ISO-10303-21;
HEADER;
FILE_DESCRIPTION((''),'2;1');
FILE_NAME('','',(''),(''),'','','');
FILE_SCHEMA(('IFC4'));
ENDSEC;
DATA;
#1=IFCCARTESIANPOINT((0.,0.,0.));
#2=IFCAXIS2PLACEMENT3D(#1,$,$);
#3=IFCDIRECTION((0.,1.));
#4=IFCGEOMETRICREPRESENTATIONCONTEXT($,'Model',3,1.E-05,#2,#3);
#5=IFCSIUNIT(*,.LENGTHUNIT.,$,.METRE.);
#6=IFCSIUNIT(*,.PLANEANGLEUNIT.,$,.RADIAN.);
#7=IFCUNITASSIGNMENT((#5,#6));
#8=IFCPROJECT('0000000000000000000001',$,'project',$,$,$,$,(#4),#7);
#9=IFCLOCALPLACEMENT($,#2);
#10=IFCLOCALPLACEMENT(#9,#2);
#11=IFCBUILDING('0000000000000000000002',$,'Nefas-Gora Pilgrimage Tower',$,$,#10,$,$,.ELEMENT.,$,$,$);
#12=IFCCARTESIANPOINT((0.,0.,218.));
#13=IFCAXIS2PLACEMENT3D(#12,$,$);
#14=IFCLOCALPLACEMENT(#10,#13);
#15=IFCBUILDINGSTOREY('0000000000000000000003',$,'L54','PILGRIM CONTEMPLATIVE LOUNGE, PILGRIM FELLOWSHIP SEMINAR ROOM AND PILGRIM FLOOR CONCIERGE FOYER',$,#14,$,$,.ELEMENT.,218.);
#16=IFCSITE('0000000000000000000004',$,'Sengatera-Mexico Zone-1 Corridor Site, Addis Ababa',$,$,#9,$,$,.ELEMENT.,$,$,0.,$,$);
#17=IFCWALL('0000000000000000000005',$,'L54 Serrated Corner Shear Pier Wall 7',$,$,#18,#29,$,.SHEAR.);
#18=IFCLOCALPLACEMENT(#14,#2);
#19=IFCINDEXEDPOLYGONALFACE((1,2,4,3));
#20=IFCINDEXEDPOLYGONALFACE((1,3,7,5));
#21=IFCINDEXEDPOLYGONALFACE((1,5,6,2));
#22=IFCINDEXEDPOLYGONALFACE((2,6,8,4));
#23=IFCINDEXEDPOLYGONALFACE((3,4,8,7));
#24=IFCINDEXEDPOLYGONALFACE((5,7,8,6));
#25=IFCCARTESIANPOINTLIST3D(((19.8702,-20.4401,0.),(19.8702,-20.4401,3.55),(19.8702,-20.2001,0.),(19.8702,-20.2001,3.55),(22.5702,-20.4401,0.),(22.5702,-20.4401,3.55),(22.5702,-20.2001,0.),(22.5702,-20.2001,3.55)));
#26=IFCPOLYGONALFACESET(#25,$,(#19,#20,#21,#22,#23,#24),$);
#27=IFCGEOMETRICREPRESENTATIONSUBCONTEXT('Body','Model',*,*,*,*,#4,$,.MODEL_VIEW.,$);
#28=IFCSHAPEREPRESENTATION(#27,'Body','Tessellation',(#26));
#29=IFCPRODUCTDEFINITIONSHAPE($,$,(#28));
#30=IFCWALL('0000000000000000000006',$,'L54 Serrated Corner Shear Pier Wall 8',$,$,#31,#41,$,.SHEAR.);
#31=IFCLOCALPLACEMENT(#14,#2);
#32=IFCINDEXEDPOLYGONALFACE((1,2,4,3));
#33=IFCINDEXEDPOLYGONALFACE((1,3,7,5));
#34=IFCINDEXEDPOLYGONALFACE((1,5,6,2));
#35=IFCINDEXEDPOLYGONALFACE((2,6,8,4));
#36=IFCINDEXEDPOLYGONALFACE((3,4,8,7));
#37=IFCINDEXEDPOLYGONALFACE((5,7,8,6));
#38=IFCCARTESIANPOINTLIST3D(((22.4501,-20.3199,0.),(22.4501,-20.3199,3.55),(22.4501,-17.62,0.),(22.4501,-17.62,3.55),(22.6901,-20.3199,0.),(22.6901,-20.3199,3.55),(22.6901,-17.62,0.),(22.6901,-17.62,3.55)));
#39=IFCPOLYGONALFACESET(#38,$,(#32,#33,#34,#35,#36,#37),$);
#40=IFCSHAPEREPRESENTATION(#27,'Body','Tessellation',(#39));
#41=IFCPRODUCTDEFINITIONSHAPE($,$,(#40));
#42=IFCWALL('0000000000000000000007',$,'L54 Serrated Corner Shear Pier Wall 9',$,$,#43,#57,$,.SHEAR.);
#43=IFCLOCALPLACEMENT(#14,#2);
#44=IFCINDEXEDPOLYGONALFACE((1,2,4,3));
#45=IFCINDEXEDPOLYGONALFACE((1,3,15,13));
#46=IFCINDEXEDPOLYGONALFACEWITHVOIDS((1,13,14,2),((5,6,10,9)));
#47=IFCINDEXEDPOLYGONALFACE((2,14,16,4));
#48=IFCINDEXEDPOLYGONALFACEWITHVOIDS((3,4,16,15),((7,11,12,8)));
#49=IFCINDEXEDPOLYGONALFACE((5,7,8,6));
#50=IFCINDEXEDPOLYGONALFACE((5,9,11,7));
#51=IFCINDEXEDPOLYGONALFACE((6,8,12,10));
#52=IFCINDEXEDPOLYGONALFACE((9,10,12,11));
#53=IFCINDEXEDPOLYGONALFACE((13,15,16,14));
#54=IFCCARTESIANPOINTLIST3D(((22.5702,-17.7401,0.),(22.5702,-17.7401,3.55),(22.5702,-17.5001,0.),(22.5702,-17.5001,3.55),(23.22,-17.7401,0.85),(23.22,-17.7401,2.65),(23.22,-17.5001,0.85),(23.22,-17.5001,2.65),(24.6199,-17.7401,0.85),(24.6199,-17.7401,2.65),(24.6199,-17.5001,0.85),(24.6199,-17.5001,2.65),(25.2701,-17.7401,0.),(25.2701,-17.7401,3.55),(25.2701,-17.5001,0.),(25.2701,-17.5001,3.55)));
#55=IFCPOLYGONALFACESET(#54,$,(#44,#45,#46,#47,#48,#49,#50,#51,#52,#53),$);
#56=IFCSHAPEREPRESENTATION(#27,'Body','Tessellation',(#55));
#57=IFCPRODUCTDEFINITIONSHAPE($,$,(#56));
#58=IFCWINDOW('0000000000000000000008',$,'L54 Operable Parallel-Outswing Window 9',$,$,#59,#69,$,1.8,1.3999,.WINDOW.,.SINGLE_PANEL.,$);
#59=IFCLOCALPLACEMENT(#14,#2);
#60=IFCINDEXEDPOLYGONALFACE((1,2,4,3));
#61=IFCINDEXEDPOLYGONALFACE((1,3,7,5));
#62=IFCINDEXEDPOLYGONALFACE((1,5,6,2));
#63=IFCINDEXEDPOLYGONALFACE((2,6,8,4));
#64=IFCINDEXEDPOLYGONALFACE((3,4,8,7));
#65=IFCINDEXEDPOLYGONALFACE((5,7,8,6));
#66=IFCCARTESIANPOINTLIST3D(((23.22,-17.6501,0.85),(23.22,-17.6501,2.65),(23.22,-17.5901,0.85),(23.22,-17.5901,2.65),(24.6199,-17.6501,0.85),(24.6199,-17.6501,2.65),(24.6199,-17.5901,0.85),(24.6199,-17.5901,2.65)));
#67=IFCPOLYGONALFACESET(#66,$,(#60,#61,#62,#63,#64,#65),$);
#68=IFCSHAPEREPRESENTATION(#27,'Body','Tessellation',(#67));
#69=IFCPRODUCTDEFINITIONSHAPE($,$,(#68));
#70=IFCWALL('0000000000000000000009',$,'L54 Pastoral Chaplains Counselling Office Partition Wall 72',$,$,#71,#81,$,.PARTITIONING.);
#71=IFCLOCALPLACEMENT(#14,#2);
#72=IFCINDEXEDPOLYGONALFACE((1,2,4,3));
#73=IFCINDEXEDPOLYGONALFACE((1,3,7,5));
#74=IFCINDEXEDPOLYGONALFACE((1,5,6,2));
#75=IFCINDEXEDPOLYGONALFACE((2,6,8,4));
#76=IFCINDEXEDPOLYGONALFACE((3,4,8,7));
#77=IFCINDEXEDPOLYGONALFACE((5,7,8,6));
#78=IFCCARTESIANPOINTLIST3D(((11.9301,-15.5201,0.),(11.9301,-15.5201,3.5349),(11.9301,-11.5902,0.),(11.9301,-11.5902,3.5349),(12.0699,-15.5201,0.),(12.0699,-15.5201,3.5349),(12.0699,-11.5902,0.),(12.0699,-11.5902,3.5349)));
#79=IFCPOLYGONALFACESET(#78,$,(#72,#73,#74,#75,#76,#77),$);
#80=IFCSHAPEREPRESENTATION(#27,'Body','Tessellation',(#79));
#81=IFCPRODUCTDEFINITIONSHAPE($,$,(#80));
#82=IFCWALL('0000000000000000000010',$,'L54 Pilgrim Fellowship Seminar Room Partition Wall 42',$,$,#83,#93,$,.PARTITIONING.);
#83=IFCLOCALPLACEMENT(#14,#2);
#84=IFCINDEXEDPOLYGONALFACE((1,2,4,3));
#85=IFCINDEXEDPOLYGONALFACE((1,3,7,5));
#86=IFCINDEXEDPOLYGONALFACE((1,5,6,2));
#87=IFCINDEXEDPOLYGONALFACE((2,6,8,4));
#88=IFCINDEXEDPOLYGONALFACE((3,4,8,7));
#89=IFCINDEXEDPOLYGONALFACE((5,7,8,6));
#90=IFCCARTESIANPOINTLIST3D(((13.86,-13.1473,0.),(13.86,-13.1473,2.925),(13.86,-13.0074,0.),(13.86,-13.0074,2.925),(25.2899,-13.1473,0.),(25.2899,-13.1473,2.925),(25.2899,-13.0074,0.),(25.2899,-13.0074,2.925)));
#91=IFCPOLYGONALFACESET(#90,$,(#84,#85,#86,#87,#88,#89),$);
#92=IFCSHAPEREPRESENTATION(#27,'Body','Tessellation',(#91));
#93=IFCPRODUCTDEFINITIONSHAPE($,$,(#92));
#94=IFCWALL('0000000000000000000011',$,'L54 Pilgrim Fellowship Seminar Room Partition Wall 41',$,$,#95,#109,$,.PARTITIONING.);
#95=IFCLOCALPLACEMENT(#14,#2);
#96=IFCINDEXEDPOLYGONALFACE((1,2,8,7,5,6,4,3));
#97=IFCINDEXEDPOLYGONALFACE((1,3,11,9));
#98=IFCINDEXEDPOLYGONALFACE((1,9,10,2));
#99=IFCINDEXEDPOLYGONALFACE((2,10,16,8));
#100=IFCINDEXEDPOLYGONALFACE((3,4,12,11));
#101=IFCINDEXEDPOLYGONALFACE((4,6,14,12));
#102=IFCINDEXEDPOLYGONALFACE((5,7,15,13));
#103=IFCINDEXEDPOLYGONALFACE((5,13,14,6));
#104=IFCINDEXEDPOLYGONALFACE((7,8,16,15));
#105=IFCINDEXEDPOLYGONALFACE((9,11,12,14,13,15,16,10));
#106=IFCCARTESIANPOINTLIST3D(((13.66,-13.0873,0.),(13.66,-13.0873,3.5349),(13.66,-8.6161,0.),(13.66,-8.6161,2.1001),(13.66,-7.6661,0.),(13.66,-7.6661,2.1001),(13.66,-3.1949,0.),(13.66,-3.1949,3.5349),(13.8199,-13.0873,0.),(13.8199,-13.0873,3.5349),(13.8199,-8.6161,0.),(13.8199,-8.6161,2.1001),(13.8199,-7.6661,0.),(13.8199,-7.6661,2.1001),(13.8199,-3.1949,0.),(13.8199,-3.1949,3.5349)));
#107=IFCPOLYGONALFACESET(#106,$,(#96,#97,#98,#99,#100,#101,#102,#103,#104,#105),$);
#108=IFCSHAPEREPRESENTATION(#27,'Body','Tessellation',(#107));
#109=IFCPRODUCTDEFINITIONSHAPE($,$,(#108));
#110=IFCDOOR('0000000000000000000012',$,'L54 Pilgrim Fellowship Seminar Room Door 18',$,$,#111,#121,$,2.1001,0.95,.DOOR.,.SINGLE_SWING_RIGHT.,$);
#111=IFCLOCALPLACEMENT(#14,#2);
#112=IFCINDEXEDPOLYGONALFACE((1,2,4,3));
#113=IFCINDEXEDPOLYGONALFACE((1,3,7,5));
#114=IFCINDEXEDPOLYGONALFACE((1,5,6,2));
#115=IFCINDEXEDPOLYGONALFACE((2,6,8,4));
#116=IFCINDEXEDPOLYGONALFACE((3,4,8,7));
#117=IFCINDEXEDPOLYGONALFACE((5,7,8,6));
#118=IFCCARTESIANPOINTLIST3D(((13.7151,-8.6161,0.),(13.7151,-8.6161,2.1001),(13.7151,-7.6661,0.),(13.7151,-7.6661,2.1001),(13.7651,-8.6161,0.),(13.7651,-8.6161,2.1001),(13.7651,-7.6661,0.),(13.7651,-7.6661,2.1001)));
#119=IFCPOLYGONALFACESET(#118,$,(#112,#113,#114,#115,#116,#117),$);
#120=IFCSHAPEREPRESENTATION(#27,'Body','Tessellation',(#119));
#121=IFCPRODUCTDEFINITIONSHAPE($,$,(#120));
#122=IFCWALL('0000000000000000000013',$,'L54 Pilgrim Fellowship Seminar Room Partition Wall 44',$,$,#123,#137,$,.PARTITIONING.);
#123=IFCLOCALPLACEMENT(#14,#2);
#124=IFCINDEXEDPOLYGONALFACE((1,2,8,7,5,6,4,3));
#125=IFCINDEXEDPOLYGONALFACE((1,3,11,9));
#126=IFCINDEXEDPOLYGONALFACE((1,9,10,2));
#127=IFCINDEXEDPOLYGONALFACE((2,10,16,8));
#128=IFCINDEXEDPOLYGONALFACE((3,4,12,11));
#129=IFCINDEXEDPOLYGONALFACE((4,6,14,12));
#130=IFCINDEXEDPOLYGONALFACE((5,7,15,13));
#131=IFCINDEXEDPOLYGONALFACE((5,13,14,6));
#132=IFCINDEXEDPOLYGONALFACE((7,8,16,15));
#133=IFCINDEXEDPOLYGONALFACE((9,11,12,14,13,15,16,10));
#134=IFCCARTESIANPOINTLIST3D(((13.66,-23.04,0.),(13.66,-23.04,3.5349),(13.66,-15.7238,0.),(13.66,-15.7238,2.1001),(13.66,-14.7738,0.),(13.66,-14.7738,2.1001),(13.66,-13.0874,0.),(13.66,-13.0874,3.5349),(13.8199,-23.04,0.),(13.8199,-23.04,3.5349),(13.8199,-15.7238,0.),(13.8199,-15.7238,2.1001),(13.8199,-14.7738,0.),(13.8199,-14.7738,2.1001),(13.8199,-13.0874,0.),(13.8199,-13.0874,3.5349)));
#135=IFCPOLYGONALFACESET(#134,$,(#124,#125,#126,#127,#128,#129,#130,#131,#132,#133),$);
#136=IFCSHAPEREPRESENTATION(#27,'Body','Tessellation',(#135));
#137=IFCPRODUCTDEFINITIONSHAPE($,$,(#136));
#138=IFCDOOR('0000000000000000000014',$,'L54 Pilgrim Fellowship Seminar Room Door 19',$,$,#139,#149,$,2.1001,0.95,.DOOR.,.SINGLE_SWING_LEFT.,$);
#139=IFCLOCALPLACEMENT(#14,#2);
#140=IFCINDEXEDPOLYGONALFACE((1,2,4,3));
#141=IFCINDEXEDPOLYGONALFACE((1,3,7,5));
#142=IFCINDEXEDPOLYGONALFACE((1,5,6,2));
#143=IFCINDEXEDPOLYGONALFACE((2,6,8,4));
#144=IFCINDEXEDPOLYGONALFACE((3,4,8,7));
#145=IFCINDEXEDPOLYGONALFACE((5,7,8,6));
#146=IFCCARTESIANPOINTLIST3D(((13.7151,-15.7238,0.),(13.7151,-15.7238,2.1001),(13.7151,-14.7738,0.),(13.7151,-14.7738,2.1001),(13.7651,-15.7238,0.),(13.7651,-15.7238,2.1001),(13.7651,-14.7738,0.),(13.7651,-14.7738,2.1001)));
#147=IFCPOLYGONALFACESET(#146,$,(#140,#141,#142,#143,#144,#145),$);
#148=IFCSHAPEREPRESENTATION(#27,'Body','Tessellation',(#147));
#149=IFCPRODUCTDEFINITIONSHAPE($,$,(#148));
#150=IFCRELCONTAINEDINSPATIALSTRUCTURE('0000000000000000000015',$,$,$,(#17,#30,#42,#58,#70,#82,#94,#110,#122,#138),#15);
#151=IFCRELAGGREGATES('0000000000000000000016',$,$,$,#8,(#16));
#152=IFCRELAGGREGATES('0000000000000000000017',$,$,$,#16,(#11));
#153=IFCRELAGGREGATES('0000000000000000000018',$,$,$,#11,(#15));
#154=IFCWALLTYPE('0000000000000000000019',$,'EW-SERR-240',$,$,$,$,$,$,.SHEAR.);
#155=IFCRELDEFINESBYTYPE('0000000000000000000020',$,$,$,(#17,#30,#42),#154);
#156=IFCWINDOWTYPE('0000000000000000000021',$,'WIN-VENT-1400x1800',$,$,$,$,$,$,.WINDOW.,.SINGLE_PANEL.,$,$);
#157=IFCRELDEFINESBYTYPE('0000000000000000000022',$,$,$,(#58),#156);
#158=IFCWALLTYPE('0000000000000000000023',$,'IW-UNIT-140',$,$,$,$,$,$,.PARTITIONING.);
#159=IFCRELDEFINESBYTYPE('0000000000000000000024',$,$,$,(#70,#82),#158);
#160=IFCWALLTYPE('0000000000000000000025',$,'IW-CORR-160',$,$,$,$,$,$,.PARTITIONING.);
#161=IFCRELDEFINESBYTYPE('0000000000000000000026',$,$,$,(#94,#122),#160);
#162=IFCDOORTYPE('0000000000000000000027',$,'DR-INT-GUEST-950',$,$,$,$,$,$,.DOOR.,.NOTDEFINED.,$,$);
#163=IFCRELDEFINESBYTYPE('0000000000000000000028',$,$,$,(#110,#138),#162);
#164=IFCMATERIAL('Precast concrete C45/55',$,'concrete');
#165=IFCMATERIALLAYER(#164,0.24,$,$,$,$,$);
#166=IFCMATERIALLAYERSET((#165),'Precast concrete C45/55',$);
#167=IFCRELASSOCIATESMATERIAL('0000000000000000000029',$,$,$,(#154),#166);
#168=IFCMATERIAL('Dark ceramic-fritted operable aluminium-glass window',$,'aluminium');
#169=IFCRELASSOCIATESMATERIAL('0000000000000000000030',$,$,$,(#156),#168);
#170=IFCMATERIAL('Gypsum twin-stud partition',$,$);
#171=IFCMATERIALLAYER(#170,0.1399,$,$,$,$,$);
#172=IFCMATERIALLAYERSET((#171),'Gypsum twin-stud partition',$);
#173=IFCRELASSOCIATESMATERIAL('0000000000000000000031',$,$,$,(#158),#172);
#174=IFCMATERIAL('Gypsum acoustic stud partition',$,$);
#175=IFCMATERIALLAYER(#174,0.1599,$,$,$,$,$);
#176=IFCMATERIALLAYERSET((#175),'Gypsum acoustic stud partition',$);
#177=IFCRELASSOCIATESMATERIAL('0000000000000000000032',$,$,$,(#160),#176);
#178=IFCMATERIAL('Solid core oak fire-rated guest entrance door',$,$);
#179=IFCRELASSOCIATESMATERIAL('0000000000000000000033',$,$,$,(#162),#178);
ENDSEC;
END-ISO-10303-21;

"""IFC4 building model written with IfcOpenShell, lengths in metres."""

from ifc_helpers import new_model, si_unit, direction, frame, frame_2d, origin, place, context, subcontext, project, spatial, rectangle, extrude, source, transform, mapped, material, layer, layer_set, type_object, element, fill, save


model = new_model("IFC4")

# Units and contexts
model_context = context("Model", 3, precision=1e-05, world=origin(), true_north=direction((0.0, 1.0)))
body_context = subcontext(model_context, "Body", "Model", "MODEL_VIEW")
ifc_project = project(units=[si_unit("LENGTHUNIT", "METRE"), si_unit("PLANEANGLEUNIT", "RADIAN")], contexts=[model_context])

# Site, building, storey
site_placement = place(None, origin())
site = spatial("IfcSite", under=ifc_project, at=site_placement, Name="Sengatera-Mexico Zone-1 Corridor Site, Addis Ababa", CompositionType="ELEMENT", RefElevation=0.0)
building_placement = place(site_placement, origin())
building = spatial("IfcBuilding", under=site, at=building_placement, Name="Nefas-Gora Pilgrimage Tower", CompositionType="ELEMENT")
storey_placement = place(building_placement, frame((0.0, 0.0, 218.0)))
storey = spatial("IfcBuildingStorey", under=building, at=storey_placement, Name="L54", Description="PILGRIM CONTEMPLATIVE LOUNGE, PILGRIM FELLOWSHIP SEMINAR ROOM AND PILGRIM FLOOR CONCIERGE FOYER", CompositionType="ELEMENT", Elevation=218.0)

# Walls
ifc_material_1 = material(Name="Precast concrete C45/55", Category="concrete")
ifc_layer_1 = layer(ifc_material_1, 0.24)
ifc_layer_set_1 = layer_set([ifc_layer_1], Name="Precast concrete C45/55")
wall_type_1 = type_object("IfcWallType", Name="EW-SERR-240", PredefinedType="SHEAR", material=ifc_layer_set_1)
shared_shape_1 = source(origin(), body_context, "Body", "SweptSolid", [
    extrude(rectangle(XDim=2.7, YDim=0.24, at=frame_2d((1.3501, 0.0))), origin(), (0.0, 0.0, 1.0), 3.55),
])
for number, where, z_axis, x_axis, name in (
    (1, (19.8701, -20.3201, 0.0), (0.0, 0.0, 1.0), (1.0, 0.0, 0.0), "L54 Serrated Corner Shear Pier Wall 7"),
    (2, (22.5701, -20.3201, 0.0), (0.0, 0.0, 1.0), (0.0, 1.0, 0.0), "L54 Serrated Corner Shear Pier Wall 8"),
):
    element("IfcWall", number, at=place(storey_placement, frame(where, z_axis=z_axis, x_axis=x_axis)), inside=storey, type_object=wall_type_1, Name=name, PredefinedType="SHEAR", context=body_context, shape_type="MappedRepresentation", body=[
        mapped(shared_shape_1, transform((0.0, 0.0, 0.0), x_axis=(1.0, 0.0, 0.0), y_axis=(0.0, 1.0, 0.0), z_axis=(0.0, 0.0, 1.0), scale=1.0)),
    ])

# Wall, opening, window
wall_1_placement = place(storey_placement, frame((22.5701, -17.6201, 0.0), z_axis=(0.0, 0.0, 1.0), x_axis=(1.0, 0.0, 0.0)))
wall_1 = element("IfcWall", 3, at=wall_1_placement, inside=storey, type_object=wall_type_1, Name="L54 Serrated Corner Shear Pier Wall 9", PredefinedType="SHEAR", context=body_context, shape_type="MappedRepresentation", body=[
    mapped(shared_shape_1, transform((0.0, 0.0, 0.0), x_axis=(1.0, 0.0, 0.0), y_axis=(0.0, 1.0, 0.0), z_axis=(0.0, 0.0, 1.0), scale=1.0)),
])
opening_1_placement = place(wall_1_placement, frame((0.6499, 0.0, 0.8501)))
opening_1 = element("IfcOpeningElement", 4, at=opening_1_placement, cuts=wall_1, PredefinedType="OPENING", context=body_context, shape_type="SweptSolid", body=[
    extrude(rectangle(XDim=1.3999, YDim=1.8, at=frame_2d((0.7, 0.8999))), frame((0.0, 0.1299, 0.0), z_axis=(0.0, -1.0, 0.0), x_axis=(1.0, 0.0, 0.0)), (0.0, 0.0, 1.0), 0.26),
])
ifc_material_2 = material(Name="Dark ceramic-fritted operable aluminium-glass window", Category="aluminium")
window_type = type_object("IfcWindowType", Name="WIN-VENT-1400x1800", PartitioningType="SINGLE_PANEL", PredefinedType="WINDOW", material=ifc_material_2)
shared_shape_2 = source(origin(), body_context, "Body", "SweptSolid", [
    extrude(rectangle(XDim=1.3999, YDim=1.8, at=frame_2d((0.7, 0.8999))), frame((0.0, 0.03, 0.0), z_axis=(0.0, -1.0, 0.0), x_axis=(1.0, 0.0, 0.0)), (0.0, 0.0, 1.0), 0.0601),
])
window_placement = place(opening_1_placement, origin())
window = element("IfcWindow", 5, at=window_placement, inside=storey, type_object=window_type, Name="L54 Operable Parallel-Outswing Window 9", OverallHeight=1.8, OverallWidth=1.3999, PartitioningType="SINGLE_PANEL", PredefinedType="WINDOW", context=body_context, shape_type="MappedRepresentation", body=[
    mapped(shared_shape_2, transform((0.0, 0.0, 0.0), x_axis=(1.0, 0.0, 0.0), y_axis=(0.0, 1.0, 0.0), z_axis=(0.0, 0.0, 1.0), scale=1.0)),
])
fill(opening_1, window)

# Walls
ifc_material_3 = material(Name="Gypsum twin-stud partition")
ifc_layer_2 = layer(ifc_material_3, 0.1399)
ifc_layer_set_2 = layer_set([ifc_layer_2], Name="Gypsum twin-stud partition")
wall_type_2 = type_object("IfcWallType", Name="IW-UNIT-140", PredefinedType="PARTITIONING", material=ifc_layer_set_2)
shared_shape_3 = source(origin(), body_context, "Body", "SweptSolid", [
    extrude(rectangle(XDim=3.9299, YDim=0.1399, at=frame_2d((1.9648, 0.0))), origin(), (0.0, 0.0, 1.0), 3.5349),
])
wall_2_placement = place(storey_placement, frame((12.0, -15.52, 0.0), z_axis=(0.0, 0.0, 1.0), x_axis=(0.0, 1.0, 0.0)))
element("IfcWall", 6, at=wall_2_placement, inside=storey, type_object=wall_type_2, Name="L54 Pastoral Chaplains Counselling Office Partition Wall 72", PredefinedType="PARTITIONING", context=body_context, shape_type="MappedRepresentation", body=[
    mapped(shared_shape_3, transform((0.0, 0.0, 0.0), x_axis=(1.0, 0.0, 0.0), y_axis=(0.0, 1.0, 0.0), z_axis=(0.0, 0.0, 1.0), scale=1.0)),
])
shared_shape_4 = source(origin(), body_context, "Body", "SweptSolid", [
    extrude(rectangle(XDim=11.4299, YDim=0.1399, at=frame_2d((5.7148, 0.0))), origin(), (0.0, 0.0, 1.0), 2.925),
])
wall_3_placement = place(storey_placement, frame((13.8601, -13.0774, 0.0), z_axis=(0.0, 0.0, 1.0), x_axis=(1.0, 0.0, 0.0)))
element("IfcWall", 7, at=wall_3_placement, inside=storey, type_object=wall_type_2, Name="L54 Pilgrim Fellowship Seminar Room Partition Wall 42", PredefinedType="PARTITIONING", context=body_context, shape_type="MappedRepresentation", body=[
    mapped(shared_shape_4, transform((0.0, 0.0, 0.0), x_axis=(1.0, 0.0, 0.0), y_axis=(0.0, 1.0, 0.0), z_axis=(0.0, 0.0, 1.0), scale=1.0)),
])

# Walls, openings, doors
ifc_material_4 = material(Name="Gypsum acoustic stud partition")
ifc_layer_3 = layer(ifc_material_4, 0.1599)
ifc_layer_set_3 = layer_set([ifc_layer_3], Name="Gypsum acoustic stud partition")
wall_type_3 = type_object("IfcWallType", Name="IW-CORR-160", PredefinedType="PARTITIONING", material=ifc_layer_set_3)
shared_shape_5 = source(origin(), body_context, "Body", "SweptSolid", [
    extrude(rectangle(XDim=9.8923, YDim=0.1599, at=frame_2d((4.9463, 0.0))), origin(), (0.0, 0.0, 1.0), 3.5349),
])
wall_4_placement = place(storey_placement, frame((13.74, -13.0874, 0.0), z_axis=(0.0, 0.0, 1.0), x_axis=(0.0, 1.0, 0.0)))
wall_4 = element("IfcWall", 8, at=wall_4_placement, inside=storey, type_object=wall_type_3, Name="L54 Pilgrim Fellowship Seminar Room Partition Wall 41", PredefinedType="PARTITIONING", context=body_context, shape_type="MappedRepresentation", body=[
    mapped(shared_shape_5, transform((0.0, 0.0, 0.0), x_axis=(1.0, 0.0, 0.0), y_axis=(0.0, 1.0, 0.0), z_axis=(0.0, 0.0, 1.0), scale=1.0)),
])
opening_2_placement = place(wall_4_placement, frame((4.4712, 0.0, 0.0)))
opening_2 = element("IfcOpeningElement", 9, at=opening_2_placement, cuts=wall_4, PredefinedType="OPENING", context=body_context, shape_type="SweptSolid", body=[
    extrude(rectangle(XDim=0.95, YDim=2.1001, at=frame_2d((0.4751, 1.05))), frame((0.0, 0.0898, 0.0), z_axis=(0.0, -1.0, 0.0), x_axis=(1.0, 0.0, 0.0)), (0.0, 0.0, 1.0), 0.1799),
])
ifc_material_5 = material(Name="Solid core oak fire-rated guest entrance door")
door_type = type_object("IfcDoorType", Name="DR-INT-GUEST-950", OperationType="NOTDEFINED", PredefinedType="DOOR", material=ifc_material_5)
shared_shape_6 = source(origin(), body_context, "Body", "SweptSolid", [
    extrude(rectangle(XDim=0.95, YDim=2.1001, at=frame_2d((0.4751, 1.05))), frame((0.0, 0.0249, 0.0), z_axis=(0.0, -1.0, 0.0), x_axis=(1.0, 0.0, 0.0)), (0.0, 0.0, 1.0), 0.05),
])
door_1_placement = place(opening_2_placement, origin())
door_1 = element("IfcDoor", 10, at=door_1_placement, inside=storey, type_object=door_type, Name="L54 Pilgrim Fellowship Seminar Room Door 18", OperationType="SINGLE_SWING_RIGHT", OverallHeight=2.1001, OverallWidth=0.95, PredefinedType="DOOR", context=body_context, shape_type="MappedRepresentation", body=[
    mapped(shared_shape_6, transform((0.0, 0.0, 0.0), x_axis=(1.0, 0.0, 0.0), y_axis=(0.0, 1.0, 0.0), z_axis=(0.0, 0.0, 1.0), scale=1.0)),
])
fill(opening_2, door_1)
shared_shape_7 = source(origin(), body_context, "Body", "SweptSolid", [
    extrude(rectangle(XDim=9.9526, YDim=0.1599, at=frame_2d((4.9763, 0.0))), origin(), (0.0, 0.0, 1.0), 3.5349),
])
wall_5_placement = place(storey_placement, frame((13.74, -23.04, 0.0), z_axis=(0.0, 0.0, 1.0), x_axis=(0.0, 1.0, 0.0)))
wall_5 = element("IfcWall", 11, at=wall_5_placement, inside=storey, type_object=wall_type_3, Name="L54 Pilgrim Fellowship Seminar Room Partition Wall 44", PredefinedType="PARTITIONING", context=body_context, shape_type="MappedRepresentation", body=[
    mapped(shared_shape_7, transform((0.0, 0.0, 0.0), x_axis=(1.0, 0.0, 0.0), y_axis=(0.0, 1.0, 0.0), z_axis=(0.0, 0.0, 1.0), scale=1.0)),
])
opening_3_placement = place(wall_5_placement, frame((7.3162, 0.0, 0.0)))
opening_3 = element("IfcOpeningElement", 12, at=opening_3_placement, cuts=wall_5, PredefinedType="OPENING", context=body_context, shape_type="SweptSolid", body=[
    extrude(rectangle(XDim=0.95, YDim=2.1001, at=frame_2d((0.4751, 1.05))), frame((0.0, 0.0898, 0.0), z_axis=(0.0, -1.0, 0.0), x_axis=(1.0, 0.0, 0.0)), (0.0, 0.0, 1.0), 0.1799),
])
door_2_placement = place(opening_3_placement, origin())
door_2 = element("IfcDoor", 13, at=door_2_placement, inside=storey, type_object=door_type, Name="L54 Pilgrim Fellowship Seminar Room Door 19", OperationType="SINGLE_SWING_LEFT", OverallHeight=2.1001, OverallWidth=0.95, PredefinedType="DOOR", context=body_context, shape_type="MappedRepresentation", body=[
    mapped(shared_shape_6, transform((0.0, 0.0, 0.0), x_axis=(1.0, 0.0, 0.0), y_axis=(0.0, 1.0, 0.0), z_axis=(0.0, 0.0, 1.0), scale=1.0)),
])
fill(opening_3, door_2)

save(model, "model.ifc")
